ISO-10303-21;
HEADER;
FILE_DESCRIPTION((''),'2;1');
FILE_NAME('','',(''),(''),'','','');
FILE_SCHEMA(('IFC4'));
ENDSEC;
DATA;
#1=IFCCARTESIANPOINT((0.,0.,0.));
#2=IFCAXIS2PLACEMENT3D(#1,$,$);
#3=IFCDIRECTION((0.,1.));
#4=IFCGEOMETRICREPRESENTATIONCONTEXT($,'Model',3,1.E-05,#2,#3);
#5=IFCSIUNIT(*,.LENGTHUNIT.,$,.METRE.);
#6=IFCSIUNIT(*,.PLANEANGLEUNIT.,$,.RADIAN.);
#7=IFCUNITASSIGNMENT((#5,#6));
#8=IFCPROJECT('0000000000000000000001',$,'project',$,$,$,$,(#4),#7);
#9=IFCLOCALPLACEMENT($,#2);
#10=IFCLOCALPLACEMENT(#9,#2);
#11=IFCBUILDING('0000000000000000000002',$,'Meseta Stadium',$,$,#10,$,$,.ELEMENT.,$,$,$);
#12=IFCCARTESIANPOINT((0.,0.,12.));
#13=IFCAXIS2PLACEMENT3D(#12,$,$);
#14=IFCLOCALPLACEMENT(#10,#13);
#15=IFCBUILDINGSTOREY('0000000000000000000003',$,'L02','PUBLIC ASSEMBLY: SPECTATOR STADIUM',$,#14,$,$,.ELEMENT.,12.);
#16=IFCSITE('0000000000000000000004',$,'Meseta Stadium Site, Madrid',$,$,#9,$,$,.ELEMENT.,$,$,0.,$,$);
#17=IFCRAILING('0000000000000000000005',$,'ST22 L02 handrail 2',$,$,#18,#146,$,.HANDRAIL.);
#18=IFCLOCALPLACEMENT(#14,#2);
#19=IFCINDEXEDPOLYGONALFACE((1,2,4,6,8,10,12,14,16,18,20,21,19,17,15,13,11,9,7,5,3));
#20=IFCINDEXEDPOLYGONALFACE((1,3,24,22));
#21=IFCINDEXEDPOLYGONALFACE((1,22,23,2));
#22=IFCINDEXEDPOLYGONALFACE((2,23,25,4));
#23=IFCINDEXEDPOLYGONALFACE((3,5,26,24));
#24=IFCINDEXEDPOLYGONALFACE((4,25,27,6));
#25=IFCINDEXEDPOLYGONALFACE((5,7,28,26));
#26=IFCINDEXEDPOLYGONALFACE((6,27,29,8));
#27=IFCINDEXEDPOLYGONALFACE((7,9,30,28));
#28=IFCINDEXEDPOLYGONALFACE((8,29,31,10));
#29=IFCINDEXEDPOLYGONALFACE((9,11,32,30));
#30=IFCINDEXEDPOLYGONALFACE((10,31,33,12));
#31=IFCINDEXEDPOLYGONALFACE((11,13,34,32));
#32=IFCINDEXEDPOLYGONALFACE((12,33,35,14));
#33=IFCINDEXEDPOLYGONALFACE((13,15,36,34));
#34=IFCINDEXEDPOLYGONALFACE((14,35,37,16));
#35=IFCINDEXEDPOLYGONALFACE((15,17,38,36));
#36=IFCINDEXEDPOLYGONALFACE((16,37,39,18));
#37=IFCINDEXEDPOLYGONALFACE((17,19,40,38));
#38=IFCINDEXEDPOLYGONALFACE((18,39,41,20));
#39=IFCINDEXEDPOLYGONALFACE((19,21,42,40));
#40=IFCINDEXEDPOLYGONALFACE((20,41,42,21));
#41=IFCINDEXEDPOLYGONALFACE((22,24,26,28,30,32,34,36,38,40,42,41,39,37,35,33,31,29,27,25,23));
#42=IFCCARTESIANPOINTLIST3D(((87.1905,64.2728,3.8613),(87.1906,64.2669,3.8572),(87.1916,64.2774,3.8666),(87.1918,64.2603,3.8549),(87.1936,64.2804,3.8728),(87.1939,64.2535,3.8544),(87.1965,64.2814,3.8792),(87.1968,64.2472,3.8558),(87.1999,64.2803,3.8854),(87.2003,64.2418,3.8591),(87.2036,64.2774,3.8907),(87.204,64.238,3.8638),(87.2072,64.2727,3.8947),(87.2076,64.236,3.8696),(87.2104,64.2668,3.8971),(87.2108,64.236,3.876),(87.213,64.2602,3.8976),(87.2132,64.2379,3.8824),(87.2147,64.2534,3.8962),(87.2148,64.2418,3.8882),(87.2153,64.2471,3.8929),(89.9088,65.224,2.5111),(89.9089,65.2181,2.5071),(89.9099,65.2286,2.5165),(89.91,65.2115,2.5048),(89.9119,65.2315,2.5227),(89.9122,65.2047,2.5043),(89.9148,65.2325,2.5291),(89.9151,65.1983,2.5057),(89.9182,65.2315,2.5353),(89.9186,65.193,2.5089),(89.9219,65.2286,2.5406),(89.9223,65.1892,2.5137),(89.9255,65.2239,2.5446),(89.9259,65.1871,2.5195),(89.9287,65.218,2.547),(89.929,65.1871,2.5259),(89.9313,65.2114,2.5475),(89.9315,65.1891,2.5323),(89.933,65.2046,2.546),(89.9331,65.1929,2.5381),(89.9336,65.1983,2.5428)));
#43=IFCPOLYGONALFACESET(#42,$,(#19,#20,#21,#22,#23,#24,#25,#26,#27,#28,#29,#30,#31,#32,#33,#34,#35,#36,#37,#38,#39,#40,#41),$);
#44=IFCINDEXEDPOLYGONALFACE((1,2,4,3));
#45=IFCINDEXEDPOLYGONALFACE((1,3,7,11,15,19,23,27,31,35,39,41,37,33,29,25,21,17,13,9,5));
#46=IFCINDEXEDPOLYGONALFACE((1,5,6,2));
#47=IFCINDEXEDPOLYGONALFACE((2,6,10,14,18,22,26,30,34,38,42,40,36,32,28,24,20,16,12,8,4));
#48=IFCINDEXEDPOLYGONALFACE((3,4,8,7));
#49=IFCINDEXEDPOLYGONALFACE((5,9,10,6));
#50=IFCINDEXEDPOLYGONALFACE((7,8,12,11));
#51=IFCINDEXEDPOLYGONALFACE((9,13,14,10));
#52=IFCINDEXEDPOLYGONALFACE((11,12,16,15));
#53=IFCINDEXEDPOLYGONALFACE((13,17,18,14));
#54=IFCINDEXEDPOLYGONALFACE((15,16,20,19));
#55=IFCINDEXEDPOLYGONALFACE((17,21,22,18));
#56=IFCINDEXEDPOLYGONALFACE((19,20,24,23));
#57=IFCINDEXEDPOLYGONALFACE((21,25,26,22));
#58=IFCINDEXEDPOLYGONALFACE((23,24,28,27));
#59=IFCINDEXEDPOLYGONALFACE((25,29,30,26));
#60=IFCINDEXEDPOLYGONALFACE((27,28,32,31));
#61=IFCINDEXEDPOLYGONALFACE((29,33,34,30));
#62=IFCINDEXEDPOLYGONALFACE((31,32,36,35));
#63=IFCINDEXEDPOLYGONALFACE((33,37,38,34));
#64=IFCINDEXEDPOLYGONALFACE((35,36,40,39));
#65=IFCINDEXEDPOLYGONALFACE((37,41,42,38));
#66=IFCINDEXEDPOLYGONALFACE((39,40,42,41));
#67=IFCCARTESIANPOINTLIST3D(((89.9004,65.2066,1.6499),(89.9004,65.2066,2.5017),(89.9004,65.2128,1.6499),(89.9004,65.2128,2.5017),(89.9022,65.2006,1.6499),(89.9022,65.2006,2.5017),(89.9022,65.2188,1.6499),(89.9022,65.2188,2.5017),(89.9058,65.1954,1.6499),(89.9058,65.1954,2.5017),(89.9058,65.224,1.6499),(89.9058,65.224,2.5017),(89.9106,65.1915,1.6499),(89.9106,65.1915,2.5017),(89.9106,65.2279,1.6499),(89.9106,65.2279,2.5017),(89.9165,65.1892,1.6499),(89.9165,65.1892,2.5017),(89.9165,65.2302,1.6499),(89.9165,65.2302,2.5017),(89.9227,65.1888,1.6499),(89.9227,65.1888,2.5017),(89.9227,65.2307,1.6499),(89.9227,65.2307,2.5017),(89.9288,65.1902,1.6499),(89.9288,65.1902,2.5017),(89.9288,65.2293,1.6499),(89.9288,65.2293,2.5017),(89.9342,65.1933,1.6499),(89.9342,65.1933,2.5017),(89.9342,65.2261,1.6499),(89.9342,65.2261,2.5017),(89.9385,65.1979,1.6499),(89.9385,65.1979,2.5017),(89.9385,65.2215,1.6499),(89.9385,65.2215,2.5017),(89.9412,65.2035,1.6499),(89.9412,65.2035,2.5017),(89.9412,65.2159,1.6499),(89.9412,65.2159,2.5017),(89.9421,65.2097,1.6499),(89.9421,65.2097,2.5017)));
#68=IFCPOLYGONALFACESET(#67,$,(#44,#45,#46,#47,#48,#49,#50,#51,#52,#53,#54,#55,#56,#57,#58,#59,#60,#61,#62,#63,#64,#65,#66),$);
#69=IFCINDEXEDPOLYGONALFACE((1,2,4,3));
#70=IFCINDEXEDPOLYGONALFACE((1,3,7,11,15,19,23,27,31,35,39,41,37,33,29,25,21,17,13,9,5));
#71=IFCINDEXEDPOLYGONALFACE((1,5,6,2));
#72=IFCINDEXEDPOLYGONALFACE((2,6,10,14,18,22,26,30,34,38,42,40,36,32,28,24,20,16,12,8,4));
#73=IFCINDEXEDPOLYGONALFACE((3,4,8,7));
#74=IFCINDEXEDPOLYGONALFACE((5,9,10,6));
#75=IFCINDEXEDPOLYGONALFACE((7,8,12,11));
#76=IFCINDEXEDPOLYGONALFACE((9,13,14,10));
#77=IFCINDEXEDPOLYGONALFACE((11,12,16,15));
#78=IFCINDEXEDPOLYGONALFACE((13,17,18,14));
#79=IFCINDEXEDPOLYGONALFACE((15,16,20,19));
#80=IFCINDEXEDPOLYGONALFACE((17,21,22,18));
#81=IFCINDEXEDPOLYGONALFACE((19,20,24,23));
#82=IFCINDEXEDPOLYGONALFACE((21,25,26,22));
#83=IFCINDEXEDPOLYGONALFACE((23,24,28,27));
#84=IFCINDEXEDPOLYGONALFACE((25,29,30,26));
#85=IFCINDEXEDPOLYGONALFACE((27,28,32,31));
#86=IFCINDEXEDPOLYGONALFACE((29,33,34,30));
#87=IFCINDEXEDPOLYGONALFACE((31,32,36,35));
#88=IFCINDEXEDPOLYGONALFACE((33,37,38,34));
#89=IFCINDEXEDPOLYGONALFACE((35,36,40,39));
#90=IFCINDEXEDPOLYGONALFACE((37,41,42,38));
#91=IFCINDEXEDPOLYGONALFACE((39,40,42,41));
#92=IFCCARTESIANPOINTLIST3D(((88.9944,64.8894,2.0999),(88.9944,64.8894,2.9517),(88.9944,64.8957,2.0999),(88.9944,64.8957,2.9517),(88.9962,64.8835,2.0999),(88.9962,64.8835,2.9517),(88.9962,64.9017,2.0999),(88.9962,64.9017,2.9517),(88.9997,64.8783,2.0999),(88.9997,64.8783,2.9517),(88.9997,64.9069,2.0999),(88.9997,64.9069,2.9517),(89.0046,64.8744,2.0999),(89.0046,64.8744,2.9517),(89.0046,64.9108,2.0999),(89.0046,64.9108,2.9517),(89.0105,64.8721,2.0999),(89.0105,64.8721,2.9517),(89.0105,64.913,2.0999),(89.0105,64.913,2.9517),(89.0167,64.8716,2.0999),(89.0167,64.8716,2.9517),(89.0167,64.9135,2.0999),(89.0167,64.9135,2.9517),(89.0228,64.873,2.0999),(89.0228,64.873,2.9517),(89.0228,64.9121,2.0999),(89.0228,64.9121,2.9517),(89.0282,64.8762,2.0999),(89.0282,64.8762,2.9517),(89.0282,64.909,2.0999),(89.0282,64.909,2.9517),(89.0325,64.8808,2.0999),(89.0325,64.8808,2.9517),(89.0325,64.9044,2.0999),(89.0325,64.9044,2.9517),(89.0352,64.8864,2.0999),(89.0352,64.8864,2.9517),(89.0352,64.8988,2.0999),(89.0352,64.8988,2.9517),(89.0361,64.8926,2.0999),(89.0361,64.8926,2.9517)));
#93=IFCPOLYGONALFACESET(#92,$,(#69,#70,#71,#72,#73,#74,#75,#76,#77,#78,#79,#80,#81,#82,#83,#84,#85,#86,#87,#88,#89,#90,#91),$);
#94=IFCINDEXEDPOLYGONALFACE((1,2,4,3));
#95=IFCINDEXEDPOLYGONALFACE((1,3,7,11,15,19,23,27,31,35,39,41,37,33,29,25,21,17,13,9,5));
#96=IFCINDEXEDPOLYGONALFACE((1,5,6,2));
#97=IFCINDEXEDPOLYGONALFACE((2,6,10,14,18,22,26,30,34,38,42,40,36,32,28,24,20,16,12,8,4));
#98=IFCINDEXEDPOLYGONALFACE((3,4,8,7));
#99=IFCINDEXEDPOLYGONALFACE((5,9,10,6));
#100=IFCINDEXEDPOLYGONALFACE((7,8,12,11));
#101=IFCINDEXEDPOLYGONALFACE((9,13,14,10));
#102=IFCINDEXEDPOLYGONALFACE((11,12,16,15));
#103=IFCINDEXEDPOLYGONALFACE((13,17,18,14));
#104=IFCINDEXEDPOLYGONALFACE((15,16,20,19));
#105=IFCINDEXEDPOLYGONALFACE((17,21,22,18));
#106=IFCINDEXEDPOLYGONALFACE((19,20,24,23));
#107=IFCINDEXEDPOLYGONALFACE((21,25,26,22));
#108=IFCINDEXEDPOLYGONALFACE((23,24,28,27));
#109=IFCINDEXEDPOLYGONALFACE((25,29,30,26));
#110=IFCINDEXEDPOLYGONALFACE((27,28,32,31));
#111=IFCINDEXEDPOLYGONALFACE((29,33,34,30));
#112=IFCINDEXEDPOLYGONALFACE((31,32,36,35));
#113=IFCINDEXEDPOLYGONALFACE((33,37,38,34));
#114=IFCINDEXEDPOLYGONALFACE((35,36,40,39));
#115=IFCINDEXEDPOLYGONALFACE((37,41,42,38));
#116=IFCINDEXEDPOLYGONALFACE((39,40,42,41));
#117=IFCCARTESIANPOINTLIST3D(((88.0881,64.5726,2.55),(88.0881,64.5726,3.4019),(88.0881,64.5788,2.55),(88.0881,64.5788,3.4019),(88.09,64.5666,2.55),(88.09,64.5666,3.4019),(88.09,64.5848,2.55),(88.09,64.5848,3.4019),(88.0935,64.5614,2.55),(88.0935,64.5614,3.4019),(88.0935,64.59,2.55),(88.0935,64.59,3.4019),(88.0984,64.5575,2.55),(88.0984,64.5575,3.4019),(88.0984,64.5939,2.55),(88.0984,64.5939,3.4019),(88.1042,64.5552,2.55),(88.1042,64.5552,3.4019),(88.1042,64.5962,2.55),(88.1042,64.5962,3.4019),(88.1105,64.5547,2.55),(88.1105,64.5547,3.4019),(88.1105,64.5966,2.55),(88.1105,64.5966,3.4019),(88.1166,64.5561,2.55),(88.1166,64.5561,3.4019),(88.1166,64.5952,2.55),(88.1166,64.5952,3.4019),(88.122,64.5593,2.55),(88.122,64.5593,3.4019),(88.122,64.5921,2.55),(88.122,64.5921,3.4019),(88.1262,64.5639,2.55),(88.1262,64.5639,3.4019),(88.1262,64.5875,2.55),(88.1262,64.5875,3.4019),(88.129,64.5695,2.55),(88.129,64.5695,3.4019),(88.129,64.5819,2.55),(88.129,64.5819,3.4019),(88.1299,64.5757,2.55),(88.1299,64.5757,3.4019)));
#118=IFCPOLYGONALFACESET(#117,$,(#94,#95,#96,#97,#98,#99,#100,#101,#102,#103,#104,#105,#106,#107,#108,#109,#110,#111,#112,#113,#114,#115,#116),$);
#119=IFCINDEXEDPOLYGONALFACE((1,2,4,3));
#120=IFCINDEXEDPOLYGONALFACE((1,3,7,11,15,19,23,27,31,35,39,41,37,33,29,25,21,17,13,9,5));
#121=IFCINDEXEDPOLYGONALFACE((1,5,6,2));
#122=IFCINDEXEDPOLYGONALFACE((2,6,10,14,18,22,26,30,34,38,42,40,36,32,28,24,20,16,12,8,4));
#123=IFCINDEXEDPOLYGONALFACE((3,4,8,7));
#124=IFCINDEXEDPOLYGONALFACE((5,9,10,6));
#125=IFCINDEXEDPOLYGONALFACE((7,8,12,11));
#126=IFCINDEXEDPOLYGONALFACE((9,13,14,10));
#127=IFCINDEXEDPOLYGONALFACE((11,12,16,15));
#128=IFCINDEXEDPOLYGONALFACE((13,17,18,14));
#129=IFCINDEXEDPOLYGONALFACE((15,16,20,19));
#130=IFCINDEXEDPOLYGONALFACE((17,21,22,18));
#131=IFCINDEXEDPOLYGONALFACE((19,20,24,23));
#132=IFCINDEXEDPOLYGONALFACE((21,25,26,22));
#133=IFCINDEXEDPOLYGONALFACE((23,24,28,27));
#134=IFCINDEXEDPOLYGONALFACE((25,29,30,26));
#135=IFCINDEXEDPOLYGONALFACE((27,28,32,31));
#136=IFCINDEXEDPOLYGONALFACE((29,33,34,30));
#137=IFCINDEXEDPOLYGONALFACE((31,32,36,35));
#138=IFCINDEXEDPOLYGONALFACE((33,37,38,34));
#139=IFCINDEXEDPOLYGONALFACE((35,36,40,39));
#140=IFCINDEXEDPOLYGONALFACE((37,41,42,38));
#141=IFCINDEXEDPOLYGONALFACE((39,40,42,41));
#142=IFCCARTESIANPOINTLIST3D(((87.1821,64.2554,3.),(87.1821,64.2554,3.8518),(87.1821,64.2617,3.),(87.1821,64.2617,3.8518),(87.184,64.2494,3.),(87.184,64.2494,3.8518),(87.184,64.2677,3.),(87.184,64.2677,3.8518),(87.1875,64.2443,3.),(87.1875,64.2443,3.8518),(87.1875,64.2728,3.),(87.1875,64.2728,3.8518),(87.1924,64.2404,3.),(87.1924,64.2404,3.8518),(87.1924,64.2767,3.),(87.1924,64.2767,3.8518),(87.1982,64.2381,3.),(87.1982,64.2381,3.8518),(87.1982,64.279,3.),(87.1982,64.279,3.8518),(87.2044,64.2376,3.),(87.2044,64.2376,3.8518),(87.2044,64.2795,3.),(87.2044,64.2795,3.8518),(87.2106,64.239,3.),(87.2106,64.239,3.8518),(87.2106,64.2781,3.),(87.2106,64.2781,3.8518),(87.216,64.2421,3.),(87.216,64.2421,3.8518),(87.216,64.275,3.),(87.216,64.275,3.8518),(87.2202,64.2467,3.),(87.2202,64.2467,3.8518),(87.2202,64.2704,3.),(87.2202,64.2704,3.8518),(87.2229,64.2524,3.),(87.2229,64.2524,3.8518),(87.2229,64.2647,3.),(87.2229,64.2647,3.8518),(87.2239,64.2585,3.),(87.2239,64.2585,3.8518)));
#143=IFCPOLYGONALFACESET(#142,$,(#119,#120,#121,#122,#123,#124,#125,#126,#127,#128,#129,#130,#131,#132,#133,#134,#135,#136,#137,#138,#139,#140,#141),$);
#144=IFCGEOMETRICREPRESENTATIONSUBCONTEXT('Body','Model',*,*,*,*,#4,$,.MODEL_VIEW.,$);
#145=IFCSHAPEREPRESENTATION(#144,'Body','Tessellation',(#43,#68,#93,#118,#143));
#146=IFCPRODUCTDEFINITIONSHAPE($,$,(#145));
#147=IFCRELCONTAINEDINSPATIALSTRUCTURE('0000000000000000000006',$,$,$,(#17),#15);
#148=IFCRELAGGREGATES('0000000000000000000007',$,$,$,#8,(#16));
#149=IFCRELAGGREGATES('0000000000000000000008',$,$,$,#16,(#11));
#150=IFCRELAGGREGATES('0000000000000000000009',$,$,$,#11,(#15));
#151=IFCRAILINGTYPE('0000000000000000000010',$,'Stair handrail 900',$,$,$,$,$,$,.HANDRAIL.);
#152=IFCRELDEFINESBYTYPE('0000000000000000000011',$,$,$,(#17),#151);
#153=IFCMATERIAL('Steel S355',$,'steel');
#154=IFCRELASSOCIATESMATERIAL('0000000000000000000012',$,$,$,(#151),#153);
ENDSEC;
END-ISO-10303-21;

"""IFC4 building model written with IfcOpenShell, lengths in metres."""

from ifc_helpers import new_model, si_unit, direction, frame, origin, origin_2d, place, context, subcontext, project, spatial, circle, extrude, material, type_object, element, save


model = new_model("IFC4")

# Units and contexts
model_context = context("Model", 3, precision=1e-05, world=origin(), true_north=direction((0.0, 1.0)))
body_context = subcontext(model_context, "Body", "Model", "MODEL_VIEW")
ifc_project = project(units=[si_unit("LENGTHUNIT", "METRE"), si_unit("PLANEANGLEUNIT", "RADIAN")], contexts=[model_context])

# Site, building, storey
site_placement = place(None, origin())
site = spatial("IfcSite", under=ifc_project, at=site_placement, Name="Meseta Stadium Site, Madrid", CompositionType="ELEMENT", RefElevation=0.0)
building_placement = place(site_placement, origin())
building = spatial("IfcBuilding", under=site, at=building_placement, Name="Meseta Stadium", CompositionType="ELEMENT")
storey_placement = place(building_placement, frame((0.0, 0.0, 12.0)))
storey = spatial("IfcBuildingStorey", under=building, at=storey_placement, Name="L02", Description="PUBLIC ASSEMBLY: SPECTATOR STADIUM", CompositionType="ELEMENT", Elevation=12.0)

# Railing
ifc_material_1 = material(Name="Steel S355", Category="steel")
railing_type_1 = type_object("IfcRailingType", Name="Stair handrail 900", PredefinedType="HANDRAIL", material=ifc_material_1)
for number, where, name in (
    (1, (89.9211, 65.2097, 1.6499), "ST22 L02 handrail 2"),
):
    element("IfcRailing", number, at=place(storey_placement, frame(where)), inside=storey, type_object=railing_type_1, Name=name, PredefinedType="HANDRAIL", context=body_context, shape_type="SweptSolid", body=[
        extrude(circle(Radius=0.0239, at=origin_2d()), frame((0.0, 0.0, 0.876), z_axis=(-0.854629, -0.299051, 0.424474), x_axis=(0.330282, -0.943882, 0.0)), (0.0, 0.0, 1.0), 3.1807),
        extrude(circle(Radius=0.021, at=origin_2d()), origin(), (0.0, 0.0, 1.0), 0.8518),
        extrude(circle(Radius=0.021, at=origin_2d()), frame((-0.906, -0.3171, 0.45)), (0.0, 0.0, 1.0), 0.8518),
        extrude(circle(Radius=0.021, at=origin_2d()), frame((-1.8123, -0.634, 0.9001)), (0.0, 0.0, 1.0), 0.8518),
        extrude(circle(Radius=0.021, at=origin_2d()), frame((-2.7183, -0.9512, 1.3501)), (0.0, 0.0, 1.0), 0.8518),
    ])

save(model, "model.ifc")
